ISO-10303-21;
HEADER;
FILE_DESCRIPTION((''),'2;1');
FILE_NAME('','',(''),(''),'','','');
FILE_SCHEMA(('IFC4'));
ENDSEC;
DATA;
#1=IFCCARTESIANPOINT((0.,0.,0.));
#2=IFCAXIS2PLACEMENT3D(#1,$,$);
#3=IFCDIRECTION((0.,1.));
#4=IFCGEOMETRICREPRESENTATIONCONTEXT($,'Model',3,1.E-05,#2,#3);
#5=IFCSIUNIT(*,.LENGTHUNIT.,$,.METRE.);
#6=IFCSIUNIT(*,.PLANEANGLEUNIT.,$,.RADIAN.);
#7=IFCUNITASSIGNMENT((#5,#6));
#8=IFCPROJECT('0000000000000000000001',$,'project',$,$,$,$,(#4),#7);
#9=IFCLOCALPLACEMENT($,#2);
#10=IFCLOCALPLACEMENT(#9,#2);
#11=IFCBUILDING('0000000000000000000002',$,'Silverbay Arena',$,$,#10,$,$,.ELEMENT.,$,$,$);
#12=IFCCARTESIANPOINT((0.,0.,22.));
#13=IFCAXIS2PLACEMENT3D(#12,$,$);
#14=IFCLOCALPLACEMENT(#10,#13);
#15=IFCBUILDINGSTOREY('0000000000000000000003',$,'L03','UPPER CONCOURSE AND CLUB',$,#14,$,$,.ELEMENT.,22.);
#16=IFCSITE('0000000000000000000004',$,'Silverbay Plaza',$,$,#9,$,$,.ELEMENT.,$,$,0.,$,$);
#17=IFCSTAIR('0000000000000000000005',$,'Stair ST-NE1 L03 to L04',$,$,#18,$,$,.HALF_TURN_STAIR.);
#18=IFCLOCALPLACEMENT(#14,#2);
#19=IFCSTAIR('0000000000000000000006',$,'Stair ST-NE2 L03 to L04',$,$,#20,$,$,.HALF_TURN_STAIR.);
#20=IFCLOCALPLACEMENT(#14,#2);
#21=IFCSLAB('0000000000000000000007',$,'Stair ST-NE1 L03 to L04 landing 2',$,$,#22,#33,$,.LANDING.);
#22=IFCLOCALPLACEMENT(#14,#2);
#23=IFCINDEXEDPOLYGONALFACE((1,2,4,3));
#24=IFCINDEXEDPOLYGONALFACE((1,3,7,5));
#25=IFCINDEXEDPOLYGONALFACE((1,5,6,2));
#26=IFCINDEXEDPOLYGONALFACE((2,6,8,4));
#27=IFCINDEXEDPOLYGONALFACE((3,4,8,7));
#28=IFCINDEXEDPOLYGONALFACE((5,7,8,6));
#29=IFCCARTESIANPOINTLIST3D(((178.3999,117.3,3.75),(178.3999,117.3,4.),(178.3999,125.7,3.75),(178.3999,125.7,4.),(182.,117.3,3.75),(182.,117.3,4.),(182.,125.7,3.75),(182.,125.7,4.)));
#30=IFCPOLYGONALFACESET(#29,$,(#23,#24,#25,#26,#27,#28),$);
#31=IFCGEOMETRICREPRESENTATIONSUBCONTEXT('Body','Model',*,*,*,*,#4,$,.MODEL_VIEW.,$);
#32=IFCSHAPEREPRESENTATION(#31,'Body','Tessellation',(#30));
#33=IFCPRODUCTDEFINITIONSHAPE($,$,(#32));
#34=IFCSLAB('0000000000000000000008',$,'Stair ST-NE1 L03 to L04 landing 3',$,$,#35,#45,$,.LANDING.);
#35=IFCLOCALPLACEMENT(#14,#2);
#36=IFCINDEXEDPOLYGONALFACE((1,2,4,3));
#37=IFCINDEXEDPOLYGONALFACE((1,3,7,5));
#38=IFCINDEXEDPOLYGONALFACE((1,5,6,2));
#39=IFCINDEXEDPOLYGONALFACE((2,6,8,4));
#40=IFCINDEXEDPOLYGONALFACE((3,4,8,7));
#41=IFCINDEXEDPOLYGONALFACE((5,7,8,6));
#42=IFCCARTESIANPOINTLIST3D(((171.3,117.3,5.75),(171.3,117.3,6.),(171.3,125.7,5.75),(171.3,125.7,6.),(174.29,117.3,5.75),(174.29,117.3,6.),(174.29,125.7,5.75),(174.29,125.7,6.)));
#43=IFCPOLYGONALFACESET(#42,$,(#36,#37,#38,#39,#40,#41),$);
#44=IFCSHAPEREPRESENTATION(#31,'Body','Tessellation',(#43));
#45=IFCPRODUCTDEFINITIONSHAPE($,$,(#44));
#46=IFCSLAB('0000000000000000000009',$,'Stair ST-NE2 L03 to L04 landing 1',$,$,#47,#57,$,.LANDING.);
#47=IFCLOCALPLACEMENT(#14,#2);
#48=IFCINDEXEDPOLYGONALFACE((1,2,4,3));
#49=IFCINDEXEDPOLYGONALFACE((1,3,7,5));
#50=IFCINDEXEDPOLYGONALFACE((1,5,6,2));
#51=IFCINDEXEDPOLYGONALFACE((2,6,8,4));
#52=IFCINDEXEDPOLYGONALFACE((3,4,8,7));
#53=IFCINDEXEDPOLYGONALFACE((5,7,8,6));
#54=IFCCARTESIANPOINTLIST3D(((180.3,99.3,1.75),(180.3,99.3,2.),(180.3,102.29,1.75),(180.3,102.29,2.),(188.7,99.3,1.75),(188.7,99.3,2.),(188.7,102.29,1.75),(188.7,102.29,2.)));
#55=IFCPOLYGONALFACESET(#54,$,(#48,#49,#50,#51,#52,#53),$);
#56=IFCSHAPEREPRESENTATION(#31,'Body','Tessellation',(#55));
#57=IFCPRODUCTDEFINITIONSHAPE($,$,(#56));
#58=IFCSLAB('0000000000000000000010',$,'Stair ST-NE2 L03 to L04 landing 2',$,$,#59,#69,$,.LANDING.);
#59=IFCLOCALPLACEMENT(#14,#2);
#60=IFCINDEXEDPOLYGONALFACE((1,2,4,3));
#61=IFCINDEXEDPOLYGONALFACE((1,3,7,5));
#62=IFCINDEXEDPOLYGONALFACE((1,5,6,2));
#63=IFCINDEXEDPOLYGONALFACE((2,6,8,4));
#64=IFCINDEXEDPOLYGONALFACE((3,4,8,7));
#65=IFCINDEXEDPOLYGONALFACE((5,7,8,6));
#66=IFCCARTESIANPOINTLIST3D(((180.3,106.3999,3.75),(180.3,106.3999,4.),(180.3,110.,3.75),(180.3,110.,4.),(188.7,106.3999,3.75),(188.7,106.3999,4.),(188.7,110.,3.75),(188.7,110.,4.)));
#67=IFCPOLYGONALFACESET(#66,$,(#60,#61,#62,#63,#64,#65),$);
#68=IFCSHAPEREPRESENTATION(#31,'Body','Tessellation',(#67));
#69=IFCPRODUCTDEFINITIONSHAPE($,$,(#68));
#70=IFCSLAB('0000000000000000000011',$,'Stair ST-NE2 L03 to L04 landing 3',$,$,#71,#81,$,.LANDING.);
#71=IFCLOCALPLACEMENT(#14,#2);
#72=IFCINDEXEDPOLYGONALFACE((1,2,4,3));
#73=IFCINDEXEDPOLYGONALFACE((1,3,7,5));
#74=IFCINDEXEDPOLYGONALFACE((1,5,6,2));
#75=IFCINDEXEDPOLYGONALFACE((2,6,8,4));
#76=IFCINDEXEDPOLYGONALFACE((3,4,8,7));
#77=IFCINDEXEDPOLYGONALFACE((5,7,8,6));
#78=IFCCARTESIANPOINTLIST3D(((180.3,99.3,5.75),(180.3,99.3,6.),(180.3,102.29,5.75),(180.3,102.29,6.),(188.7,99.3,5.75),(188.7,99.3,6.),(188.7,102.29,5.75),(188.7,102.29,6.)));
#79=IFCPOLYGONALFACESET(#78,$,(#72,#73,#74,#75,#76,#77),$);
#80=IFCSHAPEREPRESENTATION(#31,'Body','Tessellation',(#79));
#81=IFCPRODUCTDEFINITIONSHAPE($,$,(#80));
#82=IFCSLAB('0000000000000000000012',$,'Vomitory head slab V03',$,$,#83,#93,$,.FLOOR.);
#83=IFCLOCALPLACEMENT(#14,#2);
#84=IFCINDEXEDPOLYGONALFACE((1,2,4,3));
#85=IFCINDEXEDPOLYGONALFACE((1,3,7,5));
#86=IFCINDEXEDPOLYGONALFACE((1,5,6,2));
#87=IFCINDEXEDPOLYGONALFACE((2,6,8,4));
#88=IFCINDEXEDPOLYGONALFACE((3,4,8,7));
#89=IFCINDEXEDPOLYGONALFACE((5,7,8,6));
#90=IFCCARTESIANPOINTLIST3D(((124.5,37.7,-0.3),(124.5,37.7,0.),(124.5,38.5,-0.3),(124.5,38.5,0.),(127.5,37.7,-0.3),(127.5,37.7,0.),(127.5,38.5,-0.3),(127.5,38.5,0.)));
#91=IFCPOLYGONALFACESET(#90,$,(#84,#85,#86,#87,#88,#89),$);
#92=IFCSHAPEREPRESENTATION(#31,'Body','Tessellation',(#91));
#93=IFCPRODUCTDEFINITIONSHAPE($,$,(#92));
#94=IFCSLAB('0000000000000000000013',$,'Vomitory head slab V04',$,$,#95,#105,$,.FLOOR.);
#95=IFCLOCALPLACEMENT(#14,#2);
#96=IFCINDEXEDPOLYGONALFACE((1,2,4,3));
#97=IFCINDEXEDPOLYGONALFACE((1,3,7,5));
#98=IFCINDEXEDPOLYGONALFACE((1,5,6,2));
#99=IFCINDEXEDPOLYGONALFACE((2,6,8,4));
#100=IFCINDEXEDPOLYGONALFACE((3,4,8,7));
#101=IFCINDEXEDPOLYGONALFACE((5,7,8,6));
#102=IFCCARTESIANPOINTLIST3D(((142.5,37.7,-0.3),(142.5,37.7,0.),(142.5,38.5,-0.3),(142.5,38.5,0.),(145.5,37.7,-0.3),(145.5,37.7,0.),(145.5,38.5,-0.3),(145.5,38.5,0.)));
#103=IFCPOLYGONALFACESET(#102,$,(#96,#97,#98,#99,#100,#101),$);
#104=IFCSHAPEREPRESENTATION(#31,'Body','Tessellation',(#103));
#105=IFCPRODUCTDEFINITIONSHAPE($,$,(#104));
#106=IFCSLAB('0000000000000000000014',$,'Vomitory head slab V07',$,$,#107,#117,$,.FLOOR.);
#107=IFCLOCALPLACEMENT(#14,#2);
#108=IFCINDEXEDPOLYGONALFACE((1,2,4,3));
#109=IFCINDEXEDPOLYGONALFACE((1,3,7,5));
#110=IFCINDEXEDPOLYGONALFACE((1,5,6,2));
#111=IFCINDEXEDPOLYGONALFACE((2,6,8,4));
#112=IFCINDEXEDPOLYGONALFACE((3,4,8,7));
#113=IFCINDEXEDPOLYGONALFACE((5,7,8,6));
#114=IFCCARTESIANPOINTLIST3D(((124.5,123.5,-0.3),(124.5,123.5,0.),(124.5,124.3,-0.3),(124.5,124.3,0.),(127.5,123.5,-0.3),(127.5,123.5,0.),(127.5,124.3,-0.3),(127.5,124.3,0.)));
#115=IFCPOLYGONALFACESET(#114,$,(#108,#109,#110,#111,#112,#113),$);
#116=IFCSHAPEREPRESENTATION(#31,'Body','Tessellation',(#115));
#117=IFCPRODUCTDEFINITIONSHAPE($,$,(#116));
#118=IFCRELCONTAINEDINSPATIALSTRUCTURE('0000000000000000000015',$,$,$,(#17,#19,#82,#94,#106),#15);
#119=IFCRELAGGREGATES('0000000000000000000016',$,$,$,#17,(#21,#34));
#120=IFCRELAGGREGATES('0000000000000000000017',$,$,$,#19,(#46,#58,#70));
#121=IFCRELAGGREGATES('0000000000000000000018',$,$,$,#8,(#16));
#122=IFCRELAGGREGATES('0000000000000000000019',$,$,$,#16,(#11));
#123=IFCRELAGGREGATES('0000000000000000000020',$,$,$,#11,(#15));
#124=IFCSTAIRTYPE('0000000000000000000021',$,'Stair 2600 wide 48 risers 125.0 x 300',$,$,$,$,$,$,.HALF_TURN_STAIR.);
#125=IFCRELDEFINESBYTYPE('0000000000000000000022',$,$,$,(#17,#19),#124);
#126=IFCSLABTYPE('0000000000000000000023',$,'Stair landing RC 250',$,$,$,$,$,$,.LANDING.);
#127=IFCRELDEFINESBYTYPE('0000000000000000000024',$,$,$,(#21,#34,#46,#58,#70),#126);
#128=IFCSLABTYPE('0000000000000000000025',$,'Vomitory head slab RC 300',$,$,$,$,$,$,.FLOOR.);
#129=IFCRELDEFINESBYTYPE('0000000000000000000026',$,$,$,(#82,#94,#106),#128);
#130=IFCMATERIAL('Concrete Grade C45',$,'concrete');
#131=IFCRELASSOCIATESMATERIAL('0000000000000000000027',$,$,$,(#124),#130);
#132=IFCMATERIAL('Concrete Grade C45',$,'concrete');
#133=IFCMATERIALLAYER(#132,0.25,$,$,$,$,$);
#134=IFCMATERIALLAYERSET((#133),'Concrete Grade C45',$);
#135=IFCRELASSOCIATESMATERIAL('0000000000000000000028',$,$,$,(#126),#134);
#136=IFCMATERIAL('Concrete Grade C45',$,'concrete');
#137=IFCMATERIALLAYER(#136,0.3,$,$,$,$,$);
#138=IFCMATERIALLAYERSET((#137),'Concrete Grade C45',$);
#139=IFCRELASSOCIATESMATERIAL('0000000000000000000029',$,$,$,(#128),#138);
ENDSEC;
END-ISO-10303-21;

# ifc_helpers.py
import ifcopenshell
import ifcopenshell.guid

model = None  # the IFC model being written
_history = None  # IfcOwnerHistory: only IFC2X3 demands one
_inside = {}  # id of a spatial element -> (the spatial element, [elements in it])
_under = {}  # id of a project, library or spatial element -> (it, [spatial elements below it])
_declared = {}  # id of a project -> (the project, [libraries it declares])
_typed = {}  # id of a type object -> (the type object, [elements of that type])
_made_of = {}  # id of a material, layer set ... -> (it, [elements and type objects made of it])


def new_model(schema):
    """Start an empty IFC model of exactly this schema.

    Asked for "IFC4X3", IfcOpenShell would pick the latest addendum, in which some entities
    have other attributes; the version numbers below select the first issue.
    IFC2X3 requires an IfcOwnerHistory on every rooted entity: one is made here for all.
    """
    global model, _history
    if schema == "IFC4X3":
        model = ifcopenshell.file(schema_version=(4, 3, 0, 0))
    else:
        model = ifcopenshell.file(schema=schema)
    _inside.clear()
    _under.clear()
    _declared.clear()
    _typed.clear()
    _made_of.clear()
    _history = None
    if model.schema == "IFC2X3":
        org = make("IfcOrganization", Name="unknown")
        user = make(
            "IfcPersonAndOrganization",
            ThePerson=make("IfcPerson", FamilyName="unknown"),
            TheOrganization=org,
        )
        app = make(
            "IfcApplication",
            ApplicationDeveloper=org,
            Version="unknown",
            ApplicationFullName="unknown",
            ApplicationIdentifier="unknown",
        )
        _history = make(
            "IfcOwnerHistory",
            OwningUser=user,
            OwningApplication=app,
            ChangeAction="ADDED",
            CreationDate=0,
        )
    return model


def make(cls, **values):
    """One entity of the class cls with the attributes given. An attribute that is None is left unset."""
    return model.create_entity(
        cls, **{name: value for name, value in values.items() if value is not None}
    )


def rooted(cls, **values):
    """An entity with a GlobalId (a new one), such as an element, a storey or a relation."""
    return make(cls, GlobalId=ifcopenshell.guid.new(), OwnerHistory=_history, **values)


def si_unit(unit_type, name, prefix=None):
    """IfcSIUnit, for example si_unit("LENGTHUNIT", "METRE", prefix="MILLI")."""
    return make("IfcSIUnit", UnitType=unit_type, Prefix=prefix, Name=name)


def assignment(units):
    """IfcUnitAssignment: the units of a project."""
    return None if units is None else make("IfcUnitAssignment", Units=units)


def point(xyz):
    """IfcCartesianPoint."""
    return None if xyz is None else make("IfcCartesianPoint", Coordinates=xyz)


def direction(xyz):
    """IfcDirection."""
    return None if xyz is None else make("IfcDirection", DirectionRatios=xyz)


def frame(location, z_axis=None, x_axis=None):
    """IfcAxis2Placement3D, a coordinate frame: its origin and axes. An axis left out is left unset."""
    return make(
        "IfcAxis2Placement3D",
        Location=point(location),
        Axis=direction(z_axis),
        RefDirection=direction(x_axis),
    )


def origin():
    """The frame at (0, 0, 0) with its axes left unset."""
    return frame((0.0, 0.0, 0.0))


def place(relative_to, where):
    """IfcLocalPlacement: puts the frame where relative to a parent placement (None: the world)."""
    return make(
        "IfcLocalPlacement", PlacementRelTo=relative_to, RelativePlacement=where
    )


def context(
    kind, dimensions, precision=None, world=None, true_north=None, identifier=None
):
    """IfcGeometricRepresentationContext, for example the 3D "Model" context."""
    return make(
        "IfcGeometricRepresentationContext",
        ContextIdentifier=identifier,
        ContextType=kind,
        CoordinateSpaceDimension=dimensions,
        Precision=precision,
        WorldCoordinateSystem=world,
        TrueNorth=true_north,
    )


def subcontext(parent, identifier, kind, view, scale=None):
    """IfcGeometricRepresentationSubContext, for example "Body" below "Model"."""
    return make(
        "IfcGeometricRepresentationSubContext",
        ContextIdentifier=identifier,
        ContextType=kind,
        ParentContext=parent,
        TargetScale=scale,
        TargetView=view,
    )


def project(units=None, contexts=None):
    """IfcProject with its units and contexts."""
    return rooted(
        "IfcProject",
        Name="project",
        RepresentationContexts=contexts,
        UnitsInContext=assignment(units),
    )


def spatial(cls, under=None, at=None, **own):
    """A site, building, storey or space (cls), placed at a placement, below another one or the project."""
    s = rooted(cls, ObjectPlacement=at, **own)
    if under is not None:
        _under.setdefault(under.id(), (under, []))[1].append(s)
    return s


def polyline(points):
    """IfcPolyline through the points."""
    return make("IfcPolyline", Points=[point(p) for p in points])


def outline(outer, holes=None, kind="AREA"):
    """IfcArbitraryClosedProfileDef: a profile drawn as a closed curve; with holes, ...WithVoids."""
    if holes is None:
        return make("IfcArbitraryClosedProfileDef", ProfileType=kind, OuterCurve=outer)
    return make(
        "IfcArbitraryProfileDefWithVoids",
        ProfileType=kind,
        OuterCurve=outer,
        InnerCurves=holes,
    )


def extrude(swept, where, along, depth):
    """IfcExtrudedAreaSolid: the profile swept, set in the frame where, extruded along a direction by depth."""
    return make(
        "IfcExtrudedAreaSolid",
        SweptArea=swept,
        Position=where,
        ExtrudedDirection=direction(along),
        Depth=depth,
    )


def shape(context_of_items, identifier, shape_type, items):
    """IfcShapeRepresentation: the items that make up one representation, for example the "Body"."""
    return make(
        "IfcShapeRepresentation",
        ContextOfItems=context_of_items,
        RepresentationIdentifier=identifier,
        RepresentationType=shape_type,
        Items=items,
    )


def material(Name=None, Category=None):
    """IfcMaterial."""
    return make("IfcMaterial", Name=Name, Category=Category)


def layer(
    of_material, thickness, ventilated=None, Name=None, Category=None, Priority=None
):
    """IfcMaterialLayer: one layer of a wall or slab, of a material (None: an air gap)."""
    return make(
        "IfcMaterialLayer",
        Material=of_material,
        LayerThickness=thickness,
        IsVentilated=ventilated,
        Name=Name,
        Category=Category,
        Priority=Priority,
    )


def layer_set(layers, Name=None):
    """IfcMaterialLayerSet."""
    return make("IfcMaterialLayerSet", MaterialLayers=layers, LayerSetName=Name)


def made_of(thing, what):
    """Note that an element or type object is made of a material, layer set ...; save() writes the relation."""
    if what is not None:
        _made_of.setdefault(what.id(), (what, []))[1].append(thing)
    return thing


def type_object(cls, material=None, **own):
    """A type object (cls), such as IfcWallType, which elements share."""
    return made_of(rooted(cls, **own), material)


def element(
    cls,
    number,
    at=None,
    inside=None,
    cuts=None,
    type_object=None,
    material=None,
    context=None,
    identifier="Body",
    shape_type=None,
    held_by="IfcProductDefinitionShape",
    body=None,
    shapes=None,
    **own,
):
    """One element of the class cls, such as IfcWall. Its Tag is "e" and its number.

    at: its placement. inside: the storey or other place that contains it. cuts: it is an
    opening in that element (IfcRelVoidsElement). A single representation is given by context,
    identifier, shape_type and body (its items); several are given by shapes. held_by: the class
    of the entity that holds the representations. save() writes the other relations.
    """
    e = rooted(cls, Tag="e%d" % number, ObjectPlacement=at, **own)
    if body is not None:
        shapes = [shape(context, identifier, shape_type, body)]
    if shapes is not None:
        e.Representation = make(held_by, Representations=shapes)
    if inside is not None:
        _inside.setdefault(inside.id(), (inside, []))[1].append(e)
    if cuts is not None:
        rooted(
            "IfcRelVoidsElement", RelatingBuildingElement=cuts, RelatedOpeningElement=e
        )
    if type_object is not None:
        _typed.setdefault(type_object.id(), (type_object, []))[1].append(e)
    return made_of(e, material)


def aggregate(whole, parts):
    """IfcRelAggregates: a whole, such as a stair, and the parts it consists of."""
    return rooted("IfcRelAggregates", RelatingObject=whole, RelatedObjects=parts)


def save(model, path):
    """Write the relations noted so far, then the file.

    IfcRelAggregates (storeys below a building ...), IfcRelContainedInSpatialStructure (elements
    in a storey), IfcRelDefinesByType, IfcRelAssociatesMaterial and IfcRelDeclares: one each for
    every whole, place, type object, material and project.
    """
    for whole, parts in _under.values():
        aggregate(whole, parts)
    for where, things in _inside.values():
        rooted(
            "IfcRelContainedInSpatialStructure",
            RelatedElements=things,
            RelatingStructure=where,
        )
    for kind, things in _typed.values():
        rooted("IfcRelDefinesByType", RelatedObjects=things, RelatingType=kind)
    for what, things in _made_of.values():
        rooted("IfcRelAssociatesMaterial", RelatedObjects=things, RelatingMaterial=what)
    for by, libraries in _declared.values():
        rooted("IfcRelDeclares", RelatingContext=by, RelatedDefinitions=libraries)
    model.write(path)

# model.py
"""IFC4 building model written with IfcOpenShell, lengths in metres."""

from ifc_helpers import new_model, si_unit, direction, frame, origin, place, context, subcontext, project, spatial, polyline, outline, extrude, material, layer, layer_set, type_object, element, aggregate, save


model = new_model("IFC4")

# Units and contexts
model_context = context("Model", 3, precision=1e-05, world=origin(), true_north=direction((0.0, 1.0)))
body_context = subcontext(model_context, "Body", "Model", "MODEL_VIEW")
ifc_project = project(units=[si_unit("LENGTHUNIT", "METRE"), si_unit("PLANEANGLEUNIT", "RADIAN")], contexts=[model_context])

# Site, building, storey
site_placement = place(None, origin())
site = spatial("IfcSite", under=ifc_project, at=site_placement, Name="Silverbay Plaza", CompositionType="ELEMENT", RefElevation=0.0)
building_placement = place(site_placement, origin())
building = spatial("IfcBuilding", under=site, at=building_placement, Name="Silverbay Arena", CompositionType="ELEMENT")
storey_placement = place(building_placement, frame((0.0, 0.0, 22.0)))
storey = spatial("IfcBuildingStorey", under=building, at=storey_placement, Name="L03", Description="UPPER CONCOURSE AND CLUB", CompositionType="ELEMENT", Elevation=22.0)

# Stairs
ifc_material_1 = material(Name="Concrete Grade C45", Category="concrete")
stair_type = type_object("IfcStairType", Name="Stair 2600 wide 48 risers 125.0 x 300", PredefinedType="HALF_TURN_STAIR", material=ifc_material_1)
stair_1_placement = place(storey_placement, origin())
stair_1 = element("IfcStair", 1, at=stair_1_placement, inside=storey, type_object=stair_type, Name="Stair ST-NE1 L03 to L04", PredefinedType="HALF_TURN_STAIR")
stair_2_placement = place(storey_placement, origin())
stair_2 = element("IfcStair", 2, at=stair_2_placement, inside=storey, type_object=stair_type, Name="Stair ST-NE2 L03 to L04", PredefinedType="HALF_TURN_STAIR")

# Slabs
ifc_material_2 = material(Name="Concrete Grade C45", Category="concrete")
ifc_layer_1 = layer(ifc_material_2, 0.25)
ifc_layer_set_1 = layer_set([ifc_layer_1], Name="Concrete Grade C45")
slab_type_1 = type_object("IfcSlabType", Name="Stair landing RC 250", PredefinedType="LANDING", material=ifc_layer_set_1)
slab_1_placement = place(storey_placement, frame((0.0, 0.0, 3.75)))
slab_1 = element("IfcSlab", 3, at=slab_1_placement, type_object=slab_type_1, Name="Stair ST-NE1 L03 to L04 landing 2", PredefinedType="LANDING", context=body_context, shape_type="SweptSolid", body=[
    extrude(outline(polyline([(182.0, 117.3), (178.3999, 117.3), (178.3999, 125.7), (182.0, 125.7), (182.0, 117.3)])), origin(), (0.0, 0.0, 1.0), 0.25),
])
slab_2_placement = place(storey_placement, frame((0.0, 0.0, 5.75)))
slab_2 = element("IfcSlab", 4, at=slab_2_placement, type_object=slab_type_1, Name="Stair ST-NE1 L03 to L04 landing 3", PredefinedType="LANDING", context=body_context, shape_type="SweptSolid", body=[
    extrude(outline(polyline([(174.29, 117.3), (171.3, 117.3), (171.3, 125.7), (174.29, 125.7), (174.29, 117.3)])), origin(), (0.0, 0.0, 1.0), 0.25),
])
aggregate(stair_1, [slab_1, slab_2])
slab_3_placement = place(storey_placement, frame((0.0, 0.0, 1.75)))
slab_3 = element("IfcSlab", 5, at=slab_3_placement, type_object=slab_type_1, Name="Stair ST-NE2 L03 to L04 landing 1", PredefinedType="LANDING", context=body_context, shape_type="SweptSolid", body=[
    extrude(outline(polyline([(180.3, 102.29), (180.3, 99.3), (188.7, 99.3), (188.7, 102.29), (180.3, 102.29)])), origin(), (0.0, 0.0, 1.0), 0.25),
])
slab_4_placement = place(storey_placement, frame((0.0, 0.0, 3.75)))
slab_4 = element("IfcSlab", 6, at=slab_4_placement, type_object=slab_type_1, Name="Stair ST-NE2 L03 to L04 landing 2", PredefinedType="LANDING", context=body_context, shape_type="SweptSolid", body=[
    extrude(outline(polyline([(180.3, 110.0), (180.3, 106.3999), (188.7, 106.3999), (188.7, 110.0), (180.3, 110.0)])), origin(), (0.0, 0.0, 1.0), 0.25),
])
slab_5_placement = place(storey_placement, frame((0.0, 0.0, 5.75)))
slab_5 = element("IfcSlab", 7, at=slab_5_placement, type_object=slab_type_1, Name="Stair ST-NE2 L03 to L04 landing 3", PredefinedType="LANDING", context=body_context, shape_type="SweptSolid", body=[
    extrude(outline(polyline([(180.3, 102.29), (180.3, 99.3), (188.7, 99.3), (188.7, 102.29), (180.3, 102.29)])), origin(), (0.0, 0.0, 1.0), 0.25),
])
aggregate(stair_2, [slab_3, slab_4, slab_5])

# Slabs
ifc_material_3 = material(Name="Concrete Grade C45", Category="concrete")
ifc_layer_2 = layer(ifc_material_3, 0.3)
ifc_layer_set_2 = layer_set([ifc_layer_2], Name="Concrete Grade C45")
slab_type_2 = type_object("IfcSlabType", Name="Vomitory head slab RC 300", PredefinedType="FLOOR", material=ifc_layer_set_2)
slab_6_placement = place(storey_placement, frame((0.0, 0.0, -0.3)))
element("IfcSlab", 8, at=slab_6_placement, inside=storey, type_object=slab_type_2, Name="Vomitory head slab V03", PredefinedType="FLOOR", context=body_context, shape_type="SweptSolid", body=[
    extrude(outline(polyline([(124.5, 37.7), (127.5, 37.7), (127.5, 38.5), (124.5, 38.5), (124.5, 37.7)])), origin(), (0.0, 0.0, 1.0), 0.3),
])
slab_7_placement = place(storey_placement, frame((0.0, 0.0, -0.3)))
element("IfcSlab", 9, at=slab_7_placement, inside=storey, type_object=slab_type_2, Name="Vomitory head slab V04", PredefinedType="FLOOR", context=body_context, shape_type="SweptSolid", body=[
    extrude(outline(polyline([(142.5, 37.7), (145.5, 37.7), (145.5, 38.5), (142.5, 38.5), (142.5, 37.7)])), origin(), (0.0, 0.0, 1.0), 0.3),
])
slab_8_placement = place(storey_placement, frame((0.0, 0.0, -0.3)))
element("IfcSlab", 10, at=slab_8_placement, inside=storey, type_object=slab_type_2, Name="Vomitory head slab V07", PredefinedType="FLOOR", context=body_context, shape_type="SweptSolid", body=[
    extrude(outline(polyline([(124.5, 123.5), (127.5, 123.5), (127.5, 124.3), (124.5, 124.3), (124.5, 123.5)])), origin(), (0.0, 0.0, 1.0), 0.3),
])

save(model, "model.ifc")
